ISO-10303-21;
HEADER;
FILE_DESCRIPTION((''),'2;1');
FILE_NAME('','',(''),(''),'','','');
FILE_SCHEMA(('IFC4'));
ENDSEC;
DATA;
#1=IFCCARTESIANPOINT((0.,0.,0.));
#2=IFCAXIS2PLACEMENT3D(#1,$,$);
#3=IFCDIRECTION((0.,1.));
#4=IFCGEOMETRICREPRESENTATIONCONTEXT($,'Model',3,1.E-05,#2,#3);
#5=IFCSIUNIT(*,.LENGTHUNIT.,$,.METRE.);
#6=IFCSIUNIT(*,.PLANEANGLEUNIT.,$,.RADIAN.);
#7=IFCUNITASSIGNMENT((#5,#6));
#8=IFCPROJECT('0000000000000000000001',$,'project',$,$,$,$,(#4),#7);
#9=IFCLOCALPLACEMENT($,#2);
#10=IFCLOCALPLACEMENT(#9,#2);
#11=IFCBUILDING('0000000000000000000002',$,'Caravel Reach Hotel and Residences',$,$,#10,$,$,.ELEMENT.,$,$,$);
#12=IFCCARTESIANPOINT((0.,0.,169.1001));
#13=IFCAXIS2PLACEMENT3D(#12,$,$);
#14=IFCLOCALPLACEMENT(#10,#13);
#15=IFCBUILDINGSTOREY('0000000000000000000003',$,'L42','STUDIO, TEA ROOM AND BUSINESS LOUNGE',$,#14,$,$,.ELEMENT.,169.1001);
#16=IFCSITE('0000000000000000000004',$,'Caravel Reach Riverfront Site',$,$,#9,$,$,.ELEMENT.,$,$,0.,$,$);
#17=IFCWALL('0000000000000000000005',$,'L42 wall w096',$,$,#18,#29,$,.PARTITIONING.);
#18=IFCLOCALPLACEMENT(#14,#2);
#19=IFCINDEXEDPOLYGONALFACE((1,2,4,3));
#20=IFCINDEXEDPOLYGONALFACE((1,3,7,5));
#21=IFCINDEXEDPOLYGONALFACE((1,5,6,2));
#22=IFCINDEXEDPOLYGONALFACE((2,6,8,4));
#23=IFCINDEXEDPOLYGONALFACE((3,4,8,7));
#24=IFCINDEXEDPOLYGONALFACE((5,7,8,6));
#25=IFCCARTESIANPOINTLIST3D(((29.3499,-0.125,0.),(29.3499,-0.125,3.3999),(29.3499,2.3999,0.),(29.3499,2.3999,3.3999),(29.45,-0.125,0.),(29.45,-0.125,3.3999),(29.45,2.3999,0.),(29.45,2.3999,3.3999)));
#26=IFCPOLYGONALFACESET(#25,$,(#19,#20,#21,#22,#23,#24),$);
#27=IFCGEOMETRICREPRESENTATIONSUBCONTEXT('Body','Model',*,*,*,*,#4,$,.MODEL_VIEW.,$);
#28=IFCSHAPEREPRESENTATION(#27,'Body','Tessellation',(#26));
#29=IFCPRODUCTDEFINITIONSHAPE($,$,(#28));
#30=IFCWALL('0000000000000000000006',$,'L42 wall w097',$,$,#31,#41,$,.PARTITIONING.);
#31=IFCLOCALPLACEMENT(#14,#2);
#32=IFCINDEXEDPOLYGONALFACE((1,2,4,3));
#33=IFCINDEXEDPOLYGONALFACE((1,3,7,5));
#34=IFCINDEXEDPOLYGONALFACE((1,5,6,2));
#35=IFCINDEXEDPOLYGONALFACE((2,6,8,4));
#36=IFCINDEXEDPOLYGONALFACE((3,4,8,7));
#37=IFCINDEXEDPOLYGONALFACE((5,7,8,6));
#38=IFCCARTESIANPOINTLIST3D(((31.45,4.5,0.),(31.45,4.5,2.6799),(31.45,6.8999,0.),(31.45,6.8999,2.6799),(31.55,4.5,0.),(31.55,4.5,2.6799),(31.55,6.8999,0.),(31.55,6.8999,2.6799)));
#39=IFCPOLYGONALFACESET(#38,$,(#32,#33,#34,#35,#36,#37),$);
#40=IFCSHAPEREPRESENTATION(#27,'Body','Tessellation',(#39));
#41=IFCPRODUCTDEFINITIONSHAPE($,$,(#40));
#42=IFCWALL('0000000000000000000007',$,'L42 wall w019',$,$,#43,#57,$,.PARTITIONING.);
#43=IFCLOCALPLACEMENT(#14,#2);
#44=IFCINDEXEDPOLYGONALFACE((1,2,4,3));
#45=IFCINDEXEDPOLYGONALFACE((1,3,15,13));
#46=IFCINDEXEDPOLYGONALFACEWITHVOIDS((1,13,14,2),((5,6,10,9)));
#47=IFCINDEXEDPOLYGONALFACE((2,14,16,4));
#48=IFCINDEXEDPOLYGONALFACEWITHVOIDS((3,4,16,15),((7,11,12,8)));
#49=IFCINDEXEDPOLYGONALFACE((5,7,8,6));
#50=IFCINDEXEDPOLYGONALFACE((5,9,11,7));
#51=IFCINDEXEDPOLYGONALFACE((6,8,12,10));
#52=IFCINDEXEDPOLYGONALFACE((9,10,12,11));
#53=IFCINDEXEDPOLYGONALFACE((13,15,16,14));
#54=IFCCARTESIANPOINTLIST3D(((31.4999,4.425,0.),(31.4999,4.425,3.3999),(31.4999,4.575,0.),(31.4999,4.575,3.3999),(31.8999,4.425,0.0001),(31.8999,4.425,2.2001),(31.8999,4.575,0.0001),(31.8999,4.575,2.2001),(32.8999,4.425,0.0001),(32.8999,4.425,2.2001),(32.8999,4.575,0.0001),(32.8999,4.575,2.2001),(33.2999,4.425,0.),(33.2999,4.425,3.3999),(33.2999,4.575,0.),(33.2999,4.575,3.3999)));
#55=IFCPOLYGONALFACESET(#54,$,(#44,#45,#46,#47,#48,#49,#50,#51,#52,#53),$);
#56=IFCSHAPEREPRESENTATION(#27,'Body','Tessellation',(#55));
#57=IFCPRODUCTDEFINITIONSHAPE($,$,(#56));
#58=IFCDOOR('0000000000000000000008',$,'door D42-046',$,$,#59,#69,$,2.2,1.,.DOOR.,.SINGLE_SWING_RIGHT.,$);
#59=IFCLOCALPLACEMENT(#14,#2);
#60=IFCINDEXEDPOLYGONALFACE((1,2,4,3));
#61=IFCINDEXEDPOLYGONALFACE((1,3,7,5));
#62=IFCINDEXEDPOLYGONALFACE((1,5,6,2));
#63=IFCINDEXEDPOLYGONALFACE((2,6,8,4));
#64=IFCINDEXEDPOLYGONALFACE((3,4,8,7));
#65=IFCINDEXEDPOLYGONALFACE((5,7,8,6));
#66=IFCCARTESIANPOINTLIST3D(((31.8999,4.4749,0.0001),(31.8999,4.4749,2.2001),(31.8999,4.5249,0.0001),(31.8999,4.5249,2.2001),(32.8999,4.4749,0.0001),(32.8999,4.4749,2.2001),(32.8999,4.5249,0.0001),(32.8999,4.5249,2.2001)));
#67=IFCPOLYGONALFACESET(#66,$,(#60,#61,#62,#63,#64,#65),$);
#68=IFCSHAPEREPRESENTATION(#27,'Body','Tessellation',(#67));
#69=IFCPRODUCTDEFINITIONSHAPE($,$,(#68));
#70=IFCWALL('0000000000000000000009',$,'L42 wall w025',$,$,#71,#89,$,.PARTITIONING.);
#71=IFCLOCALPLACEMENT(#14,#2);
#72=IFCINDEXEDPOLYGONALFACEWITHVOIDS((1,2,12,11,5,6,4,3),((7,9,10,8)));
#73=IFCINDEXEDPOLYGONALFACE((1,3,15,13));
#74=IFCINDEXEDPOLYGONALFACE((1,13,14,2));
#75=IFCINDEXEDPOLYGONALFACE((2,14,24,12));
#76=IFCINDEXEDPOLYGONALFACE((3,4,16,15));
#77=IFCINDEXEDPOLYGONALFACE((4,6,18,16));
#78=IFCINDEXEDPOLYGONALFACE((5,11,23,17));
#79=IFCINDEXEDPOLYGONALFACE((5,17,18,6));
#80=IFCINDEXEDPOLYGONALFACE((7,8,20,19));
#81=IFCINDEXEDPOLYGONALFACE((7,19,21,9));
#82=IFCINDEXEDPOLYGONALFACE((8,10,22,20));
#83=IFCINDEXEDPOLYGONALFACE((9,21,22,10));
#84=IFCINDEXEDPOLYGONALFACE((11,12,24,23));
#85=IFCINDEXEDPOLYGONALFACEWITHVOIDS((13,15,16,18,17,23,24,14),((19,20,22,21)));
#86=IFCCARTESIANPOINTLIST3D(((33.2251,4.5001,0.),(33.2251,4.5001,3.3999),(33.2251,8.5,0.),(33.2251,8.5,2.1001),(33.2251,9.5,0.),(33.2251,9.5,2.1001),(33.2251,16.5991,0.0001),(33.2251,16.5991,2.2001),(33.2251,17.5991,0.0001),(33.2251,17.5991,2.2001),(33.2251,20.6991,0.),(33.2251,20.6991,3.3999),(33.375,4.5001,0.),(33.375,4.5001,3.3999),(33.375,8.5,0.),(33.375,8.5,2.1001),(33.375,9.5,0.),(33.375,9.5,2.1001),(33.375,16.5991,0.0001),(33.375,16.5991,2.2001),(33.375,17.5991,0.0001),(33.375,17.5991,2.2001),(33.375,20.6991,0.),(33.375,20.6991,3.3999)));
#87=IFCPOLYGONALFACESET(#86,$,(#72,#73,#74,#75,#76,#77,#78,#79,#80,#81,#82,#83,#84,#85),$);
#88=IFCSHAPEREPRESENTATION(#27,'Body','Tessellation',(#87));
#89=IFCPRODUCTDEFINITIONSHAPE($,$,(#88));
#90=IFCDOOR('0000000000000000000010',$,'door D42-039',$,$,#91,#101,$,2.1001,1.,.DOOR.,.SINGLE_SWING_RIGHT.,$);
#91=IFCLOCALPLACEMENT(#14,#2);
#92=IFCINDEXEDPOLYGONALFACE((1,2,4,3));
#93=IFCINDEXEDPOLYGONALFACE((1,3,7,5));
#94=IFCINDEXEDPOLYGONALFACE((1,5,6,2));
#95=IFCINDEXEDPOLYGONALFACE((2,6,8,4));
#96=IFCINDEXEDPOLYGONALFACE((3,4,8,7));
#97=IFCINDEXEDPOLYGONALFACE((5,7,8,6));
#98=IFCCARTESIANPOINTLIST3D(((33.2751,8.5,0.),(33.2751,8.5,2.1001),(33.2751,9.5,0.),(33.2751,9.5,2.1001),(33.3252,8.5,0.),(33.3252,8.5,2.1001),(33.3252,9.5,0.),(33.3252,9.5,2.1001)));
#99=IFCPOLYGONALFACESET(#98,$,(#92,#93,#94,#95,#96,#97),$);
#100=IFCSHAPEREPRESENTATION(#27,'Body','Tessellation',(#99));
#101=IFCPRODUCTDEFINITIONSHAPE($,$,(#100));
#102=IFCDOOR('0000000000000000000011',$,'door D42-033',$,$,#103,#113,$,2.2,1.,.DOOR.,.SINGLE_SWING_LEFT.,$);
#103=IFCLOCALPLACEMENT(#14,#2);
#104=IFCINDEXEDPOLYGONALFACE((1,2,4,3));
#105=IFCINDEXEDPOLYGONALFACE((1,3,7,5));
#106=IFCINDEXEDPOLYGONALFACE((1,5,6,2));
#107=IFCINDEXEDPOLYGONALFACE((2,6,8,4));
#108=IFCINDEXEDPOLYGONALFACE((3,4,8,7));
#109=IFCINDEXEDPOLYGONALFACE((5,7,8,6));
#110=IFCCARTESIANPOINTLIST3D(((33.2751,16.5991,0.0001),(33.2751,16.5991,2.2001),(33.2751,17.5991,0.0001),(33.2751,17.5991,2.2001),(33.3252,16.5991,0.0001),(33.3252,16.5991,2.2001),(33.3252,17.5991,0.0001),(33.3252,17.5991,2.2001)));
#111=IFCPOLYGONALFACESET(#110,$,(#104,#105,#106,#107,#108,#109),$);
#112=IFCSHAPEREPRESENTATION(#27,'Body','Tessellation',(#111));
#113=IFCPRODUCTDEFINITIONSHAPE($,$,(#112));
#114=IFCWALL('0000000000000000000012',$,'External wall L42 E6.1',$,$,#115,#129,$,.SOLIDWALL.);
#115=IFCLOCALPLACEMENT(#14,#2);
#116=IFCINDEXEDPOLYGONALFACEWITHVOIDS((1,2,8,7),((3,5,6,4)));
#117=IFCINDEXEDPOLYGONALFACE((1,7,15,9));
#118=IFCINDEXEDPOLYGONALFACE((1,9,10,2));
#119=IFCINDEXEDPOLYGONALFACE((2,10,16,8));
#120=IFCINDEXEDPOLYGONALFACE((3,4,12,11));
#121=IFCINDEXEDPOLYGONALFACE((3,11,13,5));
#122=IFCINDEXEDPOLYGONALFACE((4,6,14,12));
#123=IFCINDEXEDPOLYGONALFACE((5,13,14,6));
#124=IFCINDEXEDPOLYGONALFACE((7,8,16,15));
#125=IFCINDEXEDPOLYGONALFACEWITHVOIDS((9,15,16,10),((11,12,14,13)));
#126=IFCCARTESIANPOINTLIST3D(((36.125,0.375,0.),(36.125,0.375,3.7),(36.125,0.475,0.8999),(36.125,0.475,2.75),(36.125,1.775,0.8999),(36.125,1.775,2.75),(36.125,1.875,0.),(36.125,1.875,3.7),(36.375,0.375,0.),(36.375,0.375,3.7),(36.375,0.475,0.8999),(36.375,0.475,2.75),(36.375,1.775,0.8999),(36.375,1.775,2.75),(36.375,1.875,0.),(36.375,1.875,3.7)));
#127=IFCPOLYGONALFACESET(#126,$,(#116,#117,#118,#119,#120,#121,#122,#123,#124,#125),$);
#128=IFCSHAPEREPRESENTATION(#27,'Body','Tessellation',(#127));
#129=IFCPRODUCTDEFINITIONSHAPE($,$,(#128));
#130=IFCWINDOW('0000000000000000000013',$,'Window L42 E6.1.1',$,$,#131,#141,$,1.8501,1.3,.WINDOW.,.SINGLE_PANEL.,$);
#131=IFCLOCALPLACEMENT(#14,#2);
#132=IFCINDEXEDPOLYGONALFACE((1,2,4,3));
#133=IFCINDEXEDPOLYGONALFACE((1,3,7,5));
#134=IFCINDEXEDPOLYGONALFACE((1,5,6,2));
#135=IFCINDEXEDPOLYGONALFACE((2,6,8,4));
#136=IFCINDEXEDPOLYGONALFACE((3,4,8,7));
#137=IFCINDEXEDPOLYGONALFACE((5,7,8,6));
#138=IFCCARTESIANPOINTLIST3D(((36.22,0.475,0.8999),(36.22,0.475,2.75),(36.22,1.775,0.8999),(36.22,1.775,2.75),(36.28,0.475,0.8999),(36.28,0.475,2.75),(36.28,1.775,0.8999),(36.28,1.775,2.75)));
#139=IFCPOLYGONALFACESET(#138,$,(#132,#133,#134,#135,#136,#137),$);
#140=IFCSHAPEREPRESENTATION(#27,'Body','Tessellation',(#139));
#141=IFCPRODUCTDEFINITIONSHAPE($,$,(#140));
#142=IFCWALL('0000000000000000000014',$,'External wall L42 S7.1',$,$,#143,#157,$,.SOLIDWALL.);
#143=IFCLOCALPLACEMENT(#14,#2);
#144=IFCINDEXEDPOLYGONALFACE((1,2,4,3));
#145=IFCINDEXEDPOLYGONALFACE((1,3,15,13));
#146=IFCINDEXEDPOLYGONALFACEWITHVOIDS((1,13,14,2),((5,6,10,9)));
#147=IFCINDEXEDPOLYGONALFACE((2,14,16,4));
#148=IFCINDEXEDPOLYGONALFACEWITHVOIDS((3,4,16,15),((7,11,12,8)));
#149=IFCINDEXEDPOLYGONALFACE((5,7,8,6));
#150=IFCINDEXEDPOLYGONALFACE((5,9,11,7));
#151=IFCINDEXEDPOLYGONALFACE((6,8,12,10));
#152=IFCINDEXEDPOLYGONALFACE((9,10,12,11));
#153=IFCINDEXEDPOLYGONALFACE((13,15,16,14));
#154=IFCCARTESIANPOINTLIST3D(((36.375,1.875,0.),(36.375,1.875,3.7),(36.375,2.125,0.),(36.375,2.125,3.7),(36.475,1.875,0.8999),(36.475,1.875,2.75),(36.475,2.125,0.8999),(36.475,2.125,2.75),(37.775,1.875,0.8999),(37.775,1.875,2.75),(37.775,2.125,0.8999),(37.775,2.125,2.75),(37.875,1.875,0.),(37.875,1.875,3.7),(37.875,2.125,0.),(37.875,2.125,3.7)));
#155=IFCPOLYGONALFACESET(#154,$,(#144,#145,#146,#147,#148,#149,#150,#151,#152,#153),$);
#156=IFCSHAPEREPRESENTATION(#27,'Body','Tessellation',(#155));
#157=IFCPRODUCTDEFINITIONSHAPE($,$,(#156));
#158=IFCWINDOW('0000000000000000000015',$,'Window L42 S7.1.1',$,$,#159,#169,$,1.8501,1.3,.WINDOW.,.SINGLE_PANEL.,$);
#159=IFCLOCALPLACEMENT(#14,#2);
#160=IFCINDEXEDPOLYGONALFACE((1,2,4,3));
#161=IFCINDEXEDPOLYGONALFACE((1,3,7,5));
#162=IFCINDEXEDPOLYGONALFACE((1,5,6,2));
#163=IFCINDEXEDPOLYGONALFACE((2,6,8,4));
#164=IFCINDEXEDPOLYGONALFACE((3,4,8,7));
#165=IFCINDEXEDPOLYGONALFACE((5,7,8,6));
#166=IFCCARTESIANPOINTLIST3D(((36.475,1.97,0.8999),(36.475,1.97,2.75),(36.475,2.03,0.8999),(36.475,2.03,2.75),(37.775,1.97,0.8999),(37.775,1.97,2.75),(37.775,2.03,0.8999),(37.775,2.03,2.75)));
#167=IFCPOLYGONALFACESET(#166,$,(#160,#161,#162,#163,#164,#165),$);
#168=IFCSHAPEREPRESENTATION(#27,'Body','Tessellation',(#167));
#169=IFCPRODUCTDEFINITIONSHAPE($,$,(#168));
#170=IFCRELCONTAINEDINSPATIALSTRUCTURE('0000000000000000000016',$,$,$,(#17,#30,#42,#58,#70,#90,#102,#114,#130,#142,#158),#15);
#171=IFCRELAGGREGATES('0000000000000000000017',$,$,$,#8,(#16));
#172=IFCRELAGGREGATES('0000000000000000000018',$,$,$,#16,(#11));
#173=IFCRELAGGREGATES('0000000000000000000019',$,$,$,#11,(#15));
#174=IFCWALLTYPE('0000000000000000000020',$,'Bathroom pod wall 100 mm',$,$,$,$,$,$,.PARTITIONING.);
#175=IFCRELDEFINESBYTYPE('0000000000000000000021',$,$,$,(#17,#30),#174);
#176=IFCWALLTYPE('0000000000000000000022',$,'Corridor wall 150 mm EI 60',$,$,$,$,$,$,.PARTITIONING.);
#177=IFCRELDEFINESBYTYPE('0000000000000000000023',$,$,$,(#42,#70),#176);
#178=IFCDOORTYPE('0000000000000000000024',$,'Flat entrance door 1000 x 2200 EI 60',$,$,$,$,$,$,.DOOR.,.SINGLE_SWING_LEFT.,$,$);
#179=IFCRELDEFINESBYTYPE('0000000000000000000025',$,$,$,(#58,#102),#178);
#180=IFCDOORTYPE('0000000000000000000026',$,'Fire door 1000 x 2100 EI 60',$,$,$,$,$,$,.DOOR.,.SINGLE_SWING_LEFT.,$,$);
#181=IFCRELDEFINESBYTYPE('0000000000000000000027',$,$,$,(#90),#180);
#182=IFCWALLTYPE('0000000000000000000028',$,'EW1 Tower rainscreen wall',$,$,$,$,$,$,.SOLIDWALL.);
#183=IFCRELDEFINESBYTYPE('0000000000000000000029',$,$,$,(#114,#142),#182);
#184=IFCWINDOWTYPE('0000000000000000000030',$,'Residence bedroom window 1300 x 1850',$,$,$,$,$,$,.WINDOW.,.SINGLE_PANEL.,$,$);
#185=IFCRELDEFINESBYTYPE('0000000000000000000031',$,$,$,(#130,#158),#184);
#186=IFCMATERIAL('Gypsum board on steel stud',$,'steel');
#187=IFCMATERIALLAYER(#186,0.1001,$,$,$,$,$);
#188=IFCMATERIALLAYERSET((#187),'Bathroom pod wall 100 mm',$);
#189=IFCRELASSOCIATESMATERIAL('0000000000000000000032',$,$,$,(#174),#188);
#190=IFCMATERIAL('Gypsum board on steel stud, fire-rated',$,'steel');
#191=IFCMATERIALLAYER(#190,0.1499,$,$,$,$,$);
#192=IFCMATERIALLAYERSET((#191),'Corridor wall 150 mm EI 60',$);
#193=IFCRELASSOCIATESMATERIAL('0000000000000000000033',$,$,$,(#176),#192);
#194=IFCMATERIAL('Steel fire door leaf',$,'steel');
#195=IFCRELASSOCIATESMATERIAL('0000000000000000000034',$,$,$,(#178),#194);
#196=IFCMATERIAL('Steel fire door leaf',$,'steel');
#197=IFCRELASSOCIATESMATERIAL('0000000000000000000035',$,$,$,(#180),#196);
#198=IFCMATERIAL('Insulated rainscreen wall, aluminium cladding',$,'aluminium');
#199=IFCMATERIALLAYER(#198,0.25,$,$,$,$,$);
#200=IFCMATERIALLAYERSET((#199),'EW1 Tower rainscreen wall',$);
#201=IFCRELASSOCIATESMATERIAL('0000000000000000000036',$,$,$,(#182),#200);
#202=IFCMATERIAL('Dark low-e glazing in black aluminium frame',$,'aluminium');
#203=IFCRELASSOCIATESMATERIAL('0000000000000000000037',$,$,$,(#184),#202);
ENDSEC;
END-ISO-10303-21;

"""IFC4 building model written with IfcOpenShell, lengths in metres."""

from ifc_helpers import new_model, si_unit, direction, frame, frame_2d, origin, place, context, subcontext, project, spatial, rectangle, extrude, material, layer, layer_set, type_object, element, fill, save


model = new_model("IFC4")

# Units and contexts
model_context = context("Model", 3, precision=1e-05, world=origin(), true_north=direction((0.0, 1.0)))
body_context = subcontext(model_context, "Body", "Model", "MODEL_VIEW")
ifc_project = project(units=[si_unit("LENGTHUNIT", "METRE"), si_unit("PLANEANGLEUNIT", "RADIAN")], contexts=[model_context])

# Site, building, storey
site_placement = place(None, origin())
site = spatial("IfcSite", under=ifc_project, at=site_placement, Name="Caravel Reach Riverfront Site", CompositionType="ELEMENT", RefElevation=0.0)
building_placement = place(site_placement, origin())
building = spatial("IfcBuilding", under=site, at=building_placement, Name="Caravel Reach Hotel and Residences", CompositionType="ELEMENT")
storey_placement = place(building_placement, frame((0.0, 0.0, 169.1001)))
storey = spatial("IfcBuildingStorey", under=building, at=storey_placement, Name="L42", Description="STUDIO, TEA ROOM AND BUSINESS LOUNGE", CompositionType="ELEMENT", Elevation=169.1001)

# Walls
ifc_material_1 = material(Name="Gypsum board on steel stud", Category="steel")
ifc_layer_1 = layer(ifc_material_1, 0.1001)
ifc_layer_set_1 = layer_set([ifc_layer_1], Name="Bathroom pod wall 100 mm")
wall_type_1 = type_object("IfcWallType", Name="Bathroom pod wall 100 mm", PredefinedType="PARTITIONING", material=ifc_layer_set_1)
wall_1_placement = place(storey_placement, frame((29.3999, -0.125, 0.0), z_axis=(0.0, 0.0, 1.0), x_axis=(0.0, 1.0, 0.0)))
element("IfcWall", 1, at=wall_1_placement, inside=storey, type_object=wall_type_1, Name="L42 wall w096", PredefinedType="PARTITIONING", context=body_context, shape_type="SweptSolid", body=[
    extrude(rectangle(XDim=2.5249, YDim=0.1001, at=frame_2d((1.2625, 0.0))), origin(), (0.0, 0.0, 1.0), 3.3999),
])
wall_2_placement = place(storey_placement, frame((31.5, 4.5, 0.0), z_axis=(0.0, 0.0, 1.0), x_axis=(0.0, 1.0, 0.0)))
element("IfcWall", 2, at=wall_2_placement, inside=storey, type_object=wall_type_1, Name="L42 wall w097", PredefinedType="PARTITIONING", context=body_context, shape_type="SweptSolid", body=[
    extrude(rectangle(XDim=2.3999, YDim=0.1001, at=frame_2d((1.2, 0.0))), origin(), (0.0, 0.0, 1.0), 2.6799),
])

# Wall, opening, door
ifc_material_2 = material(Name="Gypsum board on steel stud, fire-rated", Category="steel")
ifc_layer_2 = layer(ifc_material_2, 0.1499)
ifc_layer_set_2 = layer_set([ifc_layer_2], Name="Corridor wall 150 mm EI 60")
wall_type_2 = type_object("IfcWallType", Name="Corridor wall 150 mm EI 60", PredefinedType="PARTITIONING", material=ifc_layer_set_2)
wall_3_placement = place(storey_placement, frame((31.5, 4.5, 0.0), z_axis=(0.0, 0.0, 1.0), x_axis=(1.0, 0.0, 0.0)))
wall_3 = element("IfcWall", 3, at=wall_3_placement, inside=storey, type_object=wall_type_2, Name="L42 wall w019", PredefinedType="PARTITIONING", context=body_context, shape_type="SweptSolid", body=[
    extrude(rectangle(XDim=1.8, YDim=0.1499, at=frame_2d((0.8999, 0.0))), origin(), (0.0, 0.0, 1.0), 3.3999),
])
opening_1_placement = place(wall_3_placement, frame((0.3999, 0.0, 0.0)))
opening_1 = element("IfcOpeningElement", 4, at=opening_1_placement, cuts=wall_3, PredefinedType="OPENING", context=body_context, shape_type="SweptSolid", body=[
    extrude(rectangle(XDim=1.0, YDim=2.2, at=frame_2d((0.5, 1.1001))), frame((0.0, 0.085, 0.0), z_axis=(0.0, -1.0, 0.0), x_axis=(1.0, 0.0, 0.0)), (0.0, 0.0, 1.0), 0.1699),
])
ifc_material_3 = material(Name="Steel fire door leaf", Category="steel")
door_type_1 = type_object("IfcDoorType", Name="Flat entrance door 1000 x 2200 EI 60", OperationType="SINGLE_SWING_LEFT", PredefinedType="DOOR", material=ifc_material_3)
door_1_placement = place(opening_1_placement, origin())
door_1 = element("IfcDoor", 5, at=door_1_placement, inside=storey, type_object=door_type_1, Name="door D42-046", OperationType="SINGLE_SWING_RIGHT", OverallHeight=2.2, OverallWidth=1.0, PredefinedType="DOOR", context=body_context, shape_type="SweptSolid", body=[
    extrude(rectangle(XDim=1.0, YDim=2.2, at=frame_2d((0.5, 1.1001))), frame((0.0, 0.0249, 0.0), z_axis=(0.0, -1.0, 0.0), x_axis=(1.0, 0.0, 0.0)), (0.0, 0.0, 1.0), 0.05),
])
fill(opening_1, door_1)

# Wall, openings, doors
wall_4_placement = place(storey_placement, frame((33.3, 4.5, 0.0), z_axis=(0.0, 0.0, 1.0), x_axis=(0.0, 1.0, 0.0)))
wall_4 = element("IfcWall", 6, at=wall_4_placement, inside=storey, type_object=wall_type_2, Name="L42 wall w025", PredefinedType="PARTITIONING", context=body_context, shape_type="SweptSolid", body=[
    extrude(rectangle(XDim=16.199, YDim=0.1499, at=frame_2d((8.0996, 0.0))), origin(), (0.0, 0.0, 1.0), 3.3999),
])
opening_2_placement = place(wall_4_placement, frame((12.0991, 0.0, 0.0)))
opening_2 = element("IfcOpeningElement", 7, at=opening_2_placement, cuts=wall_4, PredefinedType="OPENING", context=body_context, shape_type="SweptSolid", body=[
    extrude(rectangle(XDim=1.0, YDim=2.2, at=frame_2d((0.5, 1.1001))), frame((0.0, 0.085, 0.0), z_axis=(0.0, -1.0, 0.0), x_axis=(1.0, 0.0, 0.0)), (0.0, 0.0, 1.0), 0.1699),
])
opening_3_placement = place(wall_4_placement, frame((4.0, 0.0, 0.0)))
opening_3 = element("IfcOpeningElement", 8, at=opening_3_placement, cuts=wall_4, PredefinedType="OPENING", context=body_context, shape_type="SweptSolid", body=[
    extrude(rectangle(XDim=1.0, YDim=2.1001, at=frame_2d((0.5, 1.05))), frame((0.0, 0.085, 0.0), z_axis=(0.0, -1.0, 0.0), x_axis=(1.0, 0.0, 0.0)), (0.0, 0.0, 1.0), 0.1699),
])
ifc_material_4 = material(Name="Steel fire door leaf", Category="steel")
door_type_2 = type_object("IfcDoorType", Name="Fire door 1000 x 2100 EI 60", OperationType="SINGLE_SWING_LEFT", PredefinedType="DOOR", material=ifc_material_4)
door_2_placement = place(opening_3_placement, origin())
door_2 = element("IfcDoor", 9, at=door_2_placement, inside=storey, type_object=door_type_2, Name="door D42-039", OperationType="SINGLE_SWING_RIGHT", OverallHeight=2.1001, OverallWidth=1.0, PredefinedType="DOOR", context=body_context, shape_type="SweptSolid", body=[
    extrude(rectangle(XDim=1.0, YDim=2.1001, at=frame_2d((0.5, 1.05))), frame((0.0, 0.0249, 0.0), z_axis=(0.0, -1.0, 0.0), x_axis=(1.0, 0.0, 0.0)), (0.0, 0.0, 1.0), 0.05),
])
fill(opening_3, door_2)
door_3_placement = place(opening_2_placement, origin())
door_3 = element("IfcDoor", 10, at=door_3_placement, inside=storey, type_object=door_type_1, Name="door D42-033", OperationType="SINGLE_SWING_LEFT", OverallHeight=2.2, OverallWidth=1.0, PredefinedType="DOOR", context=body_context, shape_type="SweptSolid", body=[
    extrude(rectangle(XDim=1.0, YDim=2.2, at=frame_2d((0.5, 1.1001))), frame((0.0, 0.0249, 0.0), z_axis=(0.0, -1.0, 0.0), x_axis=(1.0, 0.0, 0.0)), (0.0, 0.0, 1.0), 0.05),
])
fill(opening_2, door_3)

# Walls, openings, windows
ifc_material_5 = material(Name="Insulated rainscreen wall, aluminium cladding", Category="aluminium")
ifc_layer_3 = layer(ifc_material_5, 0.25)
ifc_layer_set_3 = layer_set([ifc_layer_3], Name="EW1 Tower rainscreen wall")
wall_type_3 = type_object("IfcWallType", Name="EW1 Tower rainscreen wall", PredefinedType="SOLIDWALL", material=ifc_layer_set_3)
wall_5_placement = place(storey_placement, frame((36.25, 0.375, 0.0), z_axis=(0.0, 0.0, 1.0), x_axis=(0.0, 1.0, 0.0)))
wall_5 = element("IfcWall", 11, at=wall_5_placement, inside=storey, type_object=wall_type_3, Name="External wall L42 E6.1", PredefinedType="SOLIDWALL", context=body_context, shape_type="SweptSolid", body=[
    extrude(rectangle(XDim=1.5, YDim=0.25, at=frame_2d((0.75, 0.0))), origin(), (0.0, 0.0, 1.0), 3.7),
])
opening_4_placement = place(wall_5_placement, frame((0.1001, 0.0, 0.8999)))
opening_4 = element("IfcOpeningElement", 12, at=opening_4_placement, cuts=wall_5, PredefinedType="OPENING", context=body_context, shape_type="SweptSolid", body=[
    extrude(rectangle(XDim=1.3, YDim=1.8501, at=frame_2d((0.6499, 0.925))), frame((0.0, 0.135, 0.0), z_axis=(0.0, -1.0, 0.0), x_axis=(1.0, 0.0, 0.0)), (0.0, 0.0, 1.0), 0.27),
])
ifc_material_6 = material(Name="Dark low-e glazing in black aluminium frame", Category="aluminium")
window_type = type_object("IfcWindowType", Name="Residence bedroom window 1300 x 1850", PartitioningType="SINGLE_PANEL", PredefinedType="WINDOW", material=ifc_material_6)
window_1_placement = place(opening_4_placement, origin())
window_1 = element("IfcWindow", 13, at=window_1_placement, inside=storey, type_object=window_type, Name="Window L42 E6.1.1", OverallHeight=1.8501, OverallWidth=1.3, PartitioningType="SINGLE_PANEL", PredefinedType="WINDOW", context=body_context, shape_type="SweptSolid", body=[
    extrude(rectangle(XDim=1.3, YDim=1.8501, at=frame_2d((0.6499, 0.925))), frame((0.0, 0.03, 0.0), z_axis=(0.0, -1.0, 0.0), x_axis=(1.0, 0.0, 0.0)), (0.0, 0.0, 1.0), 0.0601),
])
fill(opening_4, window_1)
wall_6_placement = place(storey_placement, frame((36.375, 2.0, 0.0), z_axis=(0.0, 0.0, 1.0), x_axis=(1.0, 0.0, 0.0)))
wall_6 = element("IfcWall", 14, at=wall_6_placement, inside=storey, type_object=wall_type_3, Name="External wall L42 S7.1", PredefinedType="SOLIDWALL", context=body_context, shape_type="SweptSolid", body=[
    extrude(rectangle(XDim=1.5, YDim=0.25, at=frame_2d((0.75, 0.0))), origin(), (0.0, 0.0, 1.0), 3.7),
])
opening_5_placement = place(wall_6_placement, frame((0.1001, 0.0, 0.8999)))
opening_5 = element("IfcOpeningElement", 15, at=opening_5_placement, cuts=wall_6, PredefinedType="OPENING", context=body_context, shape_type="SweptSolid", body=[
    extrude(rectangle(XDim=1.3, YDim=1.8501, at=frame_2d((0.6499, 0.925))), frame((0.0, 0.135, 0.0), z_axis=(0.0, -1.0, 0.0), x_axis=(1.0, 0.0, 0.0)), (0.0, 0.0, 1.0), 0.27),
])
window_2_placement = place(opening_5_placement, origin())
window_2 = element("IfcWindow", 16, at=window_2_placement, inside=storey, type_object=window_type, Name="Window L42 S7.1.1", OverallHeight=1.8501, OverallWidth=1.3, PartitioningType="SINGLE_PANEL", PredefinedType="WINDOW", context=body_context, shape_type="SweptSolid", body=[
    extrude(rectangle(XDim=1.3, YDim=1.8501, at=frame_2d((0.6499, 0.925))), frame((0.0, 0.03, 0.0), z_axis=(0.0, -1.0, 0.0), x_axis=(1.0, 0.0, 0.0)), (0.0, 0.0, 1.0), 0.0601),
])
fill(opening_5, window_2)

save(model, "model.ifc")
